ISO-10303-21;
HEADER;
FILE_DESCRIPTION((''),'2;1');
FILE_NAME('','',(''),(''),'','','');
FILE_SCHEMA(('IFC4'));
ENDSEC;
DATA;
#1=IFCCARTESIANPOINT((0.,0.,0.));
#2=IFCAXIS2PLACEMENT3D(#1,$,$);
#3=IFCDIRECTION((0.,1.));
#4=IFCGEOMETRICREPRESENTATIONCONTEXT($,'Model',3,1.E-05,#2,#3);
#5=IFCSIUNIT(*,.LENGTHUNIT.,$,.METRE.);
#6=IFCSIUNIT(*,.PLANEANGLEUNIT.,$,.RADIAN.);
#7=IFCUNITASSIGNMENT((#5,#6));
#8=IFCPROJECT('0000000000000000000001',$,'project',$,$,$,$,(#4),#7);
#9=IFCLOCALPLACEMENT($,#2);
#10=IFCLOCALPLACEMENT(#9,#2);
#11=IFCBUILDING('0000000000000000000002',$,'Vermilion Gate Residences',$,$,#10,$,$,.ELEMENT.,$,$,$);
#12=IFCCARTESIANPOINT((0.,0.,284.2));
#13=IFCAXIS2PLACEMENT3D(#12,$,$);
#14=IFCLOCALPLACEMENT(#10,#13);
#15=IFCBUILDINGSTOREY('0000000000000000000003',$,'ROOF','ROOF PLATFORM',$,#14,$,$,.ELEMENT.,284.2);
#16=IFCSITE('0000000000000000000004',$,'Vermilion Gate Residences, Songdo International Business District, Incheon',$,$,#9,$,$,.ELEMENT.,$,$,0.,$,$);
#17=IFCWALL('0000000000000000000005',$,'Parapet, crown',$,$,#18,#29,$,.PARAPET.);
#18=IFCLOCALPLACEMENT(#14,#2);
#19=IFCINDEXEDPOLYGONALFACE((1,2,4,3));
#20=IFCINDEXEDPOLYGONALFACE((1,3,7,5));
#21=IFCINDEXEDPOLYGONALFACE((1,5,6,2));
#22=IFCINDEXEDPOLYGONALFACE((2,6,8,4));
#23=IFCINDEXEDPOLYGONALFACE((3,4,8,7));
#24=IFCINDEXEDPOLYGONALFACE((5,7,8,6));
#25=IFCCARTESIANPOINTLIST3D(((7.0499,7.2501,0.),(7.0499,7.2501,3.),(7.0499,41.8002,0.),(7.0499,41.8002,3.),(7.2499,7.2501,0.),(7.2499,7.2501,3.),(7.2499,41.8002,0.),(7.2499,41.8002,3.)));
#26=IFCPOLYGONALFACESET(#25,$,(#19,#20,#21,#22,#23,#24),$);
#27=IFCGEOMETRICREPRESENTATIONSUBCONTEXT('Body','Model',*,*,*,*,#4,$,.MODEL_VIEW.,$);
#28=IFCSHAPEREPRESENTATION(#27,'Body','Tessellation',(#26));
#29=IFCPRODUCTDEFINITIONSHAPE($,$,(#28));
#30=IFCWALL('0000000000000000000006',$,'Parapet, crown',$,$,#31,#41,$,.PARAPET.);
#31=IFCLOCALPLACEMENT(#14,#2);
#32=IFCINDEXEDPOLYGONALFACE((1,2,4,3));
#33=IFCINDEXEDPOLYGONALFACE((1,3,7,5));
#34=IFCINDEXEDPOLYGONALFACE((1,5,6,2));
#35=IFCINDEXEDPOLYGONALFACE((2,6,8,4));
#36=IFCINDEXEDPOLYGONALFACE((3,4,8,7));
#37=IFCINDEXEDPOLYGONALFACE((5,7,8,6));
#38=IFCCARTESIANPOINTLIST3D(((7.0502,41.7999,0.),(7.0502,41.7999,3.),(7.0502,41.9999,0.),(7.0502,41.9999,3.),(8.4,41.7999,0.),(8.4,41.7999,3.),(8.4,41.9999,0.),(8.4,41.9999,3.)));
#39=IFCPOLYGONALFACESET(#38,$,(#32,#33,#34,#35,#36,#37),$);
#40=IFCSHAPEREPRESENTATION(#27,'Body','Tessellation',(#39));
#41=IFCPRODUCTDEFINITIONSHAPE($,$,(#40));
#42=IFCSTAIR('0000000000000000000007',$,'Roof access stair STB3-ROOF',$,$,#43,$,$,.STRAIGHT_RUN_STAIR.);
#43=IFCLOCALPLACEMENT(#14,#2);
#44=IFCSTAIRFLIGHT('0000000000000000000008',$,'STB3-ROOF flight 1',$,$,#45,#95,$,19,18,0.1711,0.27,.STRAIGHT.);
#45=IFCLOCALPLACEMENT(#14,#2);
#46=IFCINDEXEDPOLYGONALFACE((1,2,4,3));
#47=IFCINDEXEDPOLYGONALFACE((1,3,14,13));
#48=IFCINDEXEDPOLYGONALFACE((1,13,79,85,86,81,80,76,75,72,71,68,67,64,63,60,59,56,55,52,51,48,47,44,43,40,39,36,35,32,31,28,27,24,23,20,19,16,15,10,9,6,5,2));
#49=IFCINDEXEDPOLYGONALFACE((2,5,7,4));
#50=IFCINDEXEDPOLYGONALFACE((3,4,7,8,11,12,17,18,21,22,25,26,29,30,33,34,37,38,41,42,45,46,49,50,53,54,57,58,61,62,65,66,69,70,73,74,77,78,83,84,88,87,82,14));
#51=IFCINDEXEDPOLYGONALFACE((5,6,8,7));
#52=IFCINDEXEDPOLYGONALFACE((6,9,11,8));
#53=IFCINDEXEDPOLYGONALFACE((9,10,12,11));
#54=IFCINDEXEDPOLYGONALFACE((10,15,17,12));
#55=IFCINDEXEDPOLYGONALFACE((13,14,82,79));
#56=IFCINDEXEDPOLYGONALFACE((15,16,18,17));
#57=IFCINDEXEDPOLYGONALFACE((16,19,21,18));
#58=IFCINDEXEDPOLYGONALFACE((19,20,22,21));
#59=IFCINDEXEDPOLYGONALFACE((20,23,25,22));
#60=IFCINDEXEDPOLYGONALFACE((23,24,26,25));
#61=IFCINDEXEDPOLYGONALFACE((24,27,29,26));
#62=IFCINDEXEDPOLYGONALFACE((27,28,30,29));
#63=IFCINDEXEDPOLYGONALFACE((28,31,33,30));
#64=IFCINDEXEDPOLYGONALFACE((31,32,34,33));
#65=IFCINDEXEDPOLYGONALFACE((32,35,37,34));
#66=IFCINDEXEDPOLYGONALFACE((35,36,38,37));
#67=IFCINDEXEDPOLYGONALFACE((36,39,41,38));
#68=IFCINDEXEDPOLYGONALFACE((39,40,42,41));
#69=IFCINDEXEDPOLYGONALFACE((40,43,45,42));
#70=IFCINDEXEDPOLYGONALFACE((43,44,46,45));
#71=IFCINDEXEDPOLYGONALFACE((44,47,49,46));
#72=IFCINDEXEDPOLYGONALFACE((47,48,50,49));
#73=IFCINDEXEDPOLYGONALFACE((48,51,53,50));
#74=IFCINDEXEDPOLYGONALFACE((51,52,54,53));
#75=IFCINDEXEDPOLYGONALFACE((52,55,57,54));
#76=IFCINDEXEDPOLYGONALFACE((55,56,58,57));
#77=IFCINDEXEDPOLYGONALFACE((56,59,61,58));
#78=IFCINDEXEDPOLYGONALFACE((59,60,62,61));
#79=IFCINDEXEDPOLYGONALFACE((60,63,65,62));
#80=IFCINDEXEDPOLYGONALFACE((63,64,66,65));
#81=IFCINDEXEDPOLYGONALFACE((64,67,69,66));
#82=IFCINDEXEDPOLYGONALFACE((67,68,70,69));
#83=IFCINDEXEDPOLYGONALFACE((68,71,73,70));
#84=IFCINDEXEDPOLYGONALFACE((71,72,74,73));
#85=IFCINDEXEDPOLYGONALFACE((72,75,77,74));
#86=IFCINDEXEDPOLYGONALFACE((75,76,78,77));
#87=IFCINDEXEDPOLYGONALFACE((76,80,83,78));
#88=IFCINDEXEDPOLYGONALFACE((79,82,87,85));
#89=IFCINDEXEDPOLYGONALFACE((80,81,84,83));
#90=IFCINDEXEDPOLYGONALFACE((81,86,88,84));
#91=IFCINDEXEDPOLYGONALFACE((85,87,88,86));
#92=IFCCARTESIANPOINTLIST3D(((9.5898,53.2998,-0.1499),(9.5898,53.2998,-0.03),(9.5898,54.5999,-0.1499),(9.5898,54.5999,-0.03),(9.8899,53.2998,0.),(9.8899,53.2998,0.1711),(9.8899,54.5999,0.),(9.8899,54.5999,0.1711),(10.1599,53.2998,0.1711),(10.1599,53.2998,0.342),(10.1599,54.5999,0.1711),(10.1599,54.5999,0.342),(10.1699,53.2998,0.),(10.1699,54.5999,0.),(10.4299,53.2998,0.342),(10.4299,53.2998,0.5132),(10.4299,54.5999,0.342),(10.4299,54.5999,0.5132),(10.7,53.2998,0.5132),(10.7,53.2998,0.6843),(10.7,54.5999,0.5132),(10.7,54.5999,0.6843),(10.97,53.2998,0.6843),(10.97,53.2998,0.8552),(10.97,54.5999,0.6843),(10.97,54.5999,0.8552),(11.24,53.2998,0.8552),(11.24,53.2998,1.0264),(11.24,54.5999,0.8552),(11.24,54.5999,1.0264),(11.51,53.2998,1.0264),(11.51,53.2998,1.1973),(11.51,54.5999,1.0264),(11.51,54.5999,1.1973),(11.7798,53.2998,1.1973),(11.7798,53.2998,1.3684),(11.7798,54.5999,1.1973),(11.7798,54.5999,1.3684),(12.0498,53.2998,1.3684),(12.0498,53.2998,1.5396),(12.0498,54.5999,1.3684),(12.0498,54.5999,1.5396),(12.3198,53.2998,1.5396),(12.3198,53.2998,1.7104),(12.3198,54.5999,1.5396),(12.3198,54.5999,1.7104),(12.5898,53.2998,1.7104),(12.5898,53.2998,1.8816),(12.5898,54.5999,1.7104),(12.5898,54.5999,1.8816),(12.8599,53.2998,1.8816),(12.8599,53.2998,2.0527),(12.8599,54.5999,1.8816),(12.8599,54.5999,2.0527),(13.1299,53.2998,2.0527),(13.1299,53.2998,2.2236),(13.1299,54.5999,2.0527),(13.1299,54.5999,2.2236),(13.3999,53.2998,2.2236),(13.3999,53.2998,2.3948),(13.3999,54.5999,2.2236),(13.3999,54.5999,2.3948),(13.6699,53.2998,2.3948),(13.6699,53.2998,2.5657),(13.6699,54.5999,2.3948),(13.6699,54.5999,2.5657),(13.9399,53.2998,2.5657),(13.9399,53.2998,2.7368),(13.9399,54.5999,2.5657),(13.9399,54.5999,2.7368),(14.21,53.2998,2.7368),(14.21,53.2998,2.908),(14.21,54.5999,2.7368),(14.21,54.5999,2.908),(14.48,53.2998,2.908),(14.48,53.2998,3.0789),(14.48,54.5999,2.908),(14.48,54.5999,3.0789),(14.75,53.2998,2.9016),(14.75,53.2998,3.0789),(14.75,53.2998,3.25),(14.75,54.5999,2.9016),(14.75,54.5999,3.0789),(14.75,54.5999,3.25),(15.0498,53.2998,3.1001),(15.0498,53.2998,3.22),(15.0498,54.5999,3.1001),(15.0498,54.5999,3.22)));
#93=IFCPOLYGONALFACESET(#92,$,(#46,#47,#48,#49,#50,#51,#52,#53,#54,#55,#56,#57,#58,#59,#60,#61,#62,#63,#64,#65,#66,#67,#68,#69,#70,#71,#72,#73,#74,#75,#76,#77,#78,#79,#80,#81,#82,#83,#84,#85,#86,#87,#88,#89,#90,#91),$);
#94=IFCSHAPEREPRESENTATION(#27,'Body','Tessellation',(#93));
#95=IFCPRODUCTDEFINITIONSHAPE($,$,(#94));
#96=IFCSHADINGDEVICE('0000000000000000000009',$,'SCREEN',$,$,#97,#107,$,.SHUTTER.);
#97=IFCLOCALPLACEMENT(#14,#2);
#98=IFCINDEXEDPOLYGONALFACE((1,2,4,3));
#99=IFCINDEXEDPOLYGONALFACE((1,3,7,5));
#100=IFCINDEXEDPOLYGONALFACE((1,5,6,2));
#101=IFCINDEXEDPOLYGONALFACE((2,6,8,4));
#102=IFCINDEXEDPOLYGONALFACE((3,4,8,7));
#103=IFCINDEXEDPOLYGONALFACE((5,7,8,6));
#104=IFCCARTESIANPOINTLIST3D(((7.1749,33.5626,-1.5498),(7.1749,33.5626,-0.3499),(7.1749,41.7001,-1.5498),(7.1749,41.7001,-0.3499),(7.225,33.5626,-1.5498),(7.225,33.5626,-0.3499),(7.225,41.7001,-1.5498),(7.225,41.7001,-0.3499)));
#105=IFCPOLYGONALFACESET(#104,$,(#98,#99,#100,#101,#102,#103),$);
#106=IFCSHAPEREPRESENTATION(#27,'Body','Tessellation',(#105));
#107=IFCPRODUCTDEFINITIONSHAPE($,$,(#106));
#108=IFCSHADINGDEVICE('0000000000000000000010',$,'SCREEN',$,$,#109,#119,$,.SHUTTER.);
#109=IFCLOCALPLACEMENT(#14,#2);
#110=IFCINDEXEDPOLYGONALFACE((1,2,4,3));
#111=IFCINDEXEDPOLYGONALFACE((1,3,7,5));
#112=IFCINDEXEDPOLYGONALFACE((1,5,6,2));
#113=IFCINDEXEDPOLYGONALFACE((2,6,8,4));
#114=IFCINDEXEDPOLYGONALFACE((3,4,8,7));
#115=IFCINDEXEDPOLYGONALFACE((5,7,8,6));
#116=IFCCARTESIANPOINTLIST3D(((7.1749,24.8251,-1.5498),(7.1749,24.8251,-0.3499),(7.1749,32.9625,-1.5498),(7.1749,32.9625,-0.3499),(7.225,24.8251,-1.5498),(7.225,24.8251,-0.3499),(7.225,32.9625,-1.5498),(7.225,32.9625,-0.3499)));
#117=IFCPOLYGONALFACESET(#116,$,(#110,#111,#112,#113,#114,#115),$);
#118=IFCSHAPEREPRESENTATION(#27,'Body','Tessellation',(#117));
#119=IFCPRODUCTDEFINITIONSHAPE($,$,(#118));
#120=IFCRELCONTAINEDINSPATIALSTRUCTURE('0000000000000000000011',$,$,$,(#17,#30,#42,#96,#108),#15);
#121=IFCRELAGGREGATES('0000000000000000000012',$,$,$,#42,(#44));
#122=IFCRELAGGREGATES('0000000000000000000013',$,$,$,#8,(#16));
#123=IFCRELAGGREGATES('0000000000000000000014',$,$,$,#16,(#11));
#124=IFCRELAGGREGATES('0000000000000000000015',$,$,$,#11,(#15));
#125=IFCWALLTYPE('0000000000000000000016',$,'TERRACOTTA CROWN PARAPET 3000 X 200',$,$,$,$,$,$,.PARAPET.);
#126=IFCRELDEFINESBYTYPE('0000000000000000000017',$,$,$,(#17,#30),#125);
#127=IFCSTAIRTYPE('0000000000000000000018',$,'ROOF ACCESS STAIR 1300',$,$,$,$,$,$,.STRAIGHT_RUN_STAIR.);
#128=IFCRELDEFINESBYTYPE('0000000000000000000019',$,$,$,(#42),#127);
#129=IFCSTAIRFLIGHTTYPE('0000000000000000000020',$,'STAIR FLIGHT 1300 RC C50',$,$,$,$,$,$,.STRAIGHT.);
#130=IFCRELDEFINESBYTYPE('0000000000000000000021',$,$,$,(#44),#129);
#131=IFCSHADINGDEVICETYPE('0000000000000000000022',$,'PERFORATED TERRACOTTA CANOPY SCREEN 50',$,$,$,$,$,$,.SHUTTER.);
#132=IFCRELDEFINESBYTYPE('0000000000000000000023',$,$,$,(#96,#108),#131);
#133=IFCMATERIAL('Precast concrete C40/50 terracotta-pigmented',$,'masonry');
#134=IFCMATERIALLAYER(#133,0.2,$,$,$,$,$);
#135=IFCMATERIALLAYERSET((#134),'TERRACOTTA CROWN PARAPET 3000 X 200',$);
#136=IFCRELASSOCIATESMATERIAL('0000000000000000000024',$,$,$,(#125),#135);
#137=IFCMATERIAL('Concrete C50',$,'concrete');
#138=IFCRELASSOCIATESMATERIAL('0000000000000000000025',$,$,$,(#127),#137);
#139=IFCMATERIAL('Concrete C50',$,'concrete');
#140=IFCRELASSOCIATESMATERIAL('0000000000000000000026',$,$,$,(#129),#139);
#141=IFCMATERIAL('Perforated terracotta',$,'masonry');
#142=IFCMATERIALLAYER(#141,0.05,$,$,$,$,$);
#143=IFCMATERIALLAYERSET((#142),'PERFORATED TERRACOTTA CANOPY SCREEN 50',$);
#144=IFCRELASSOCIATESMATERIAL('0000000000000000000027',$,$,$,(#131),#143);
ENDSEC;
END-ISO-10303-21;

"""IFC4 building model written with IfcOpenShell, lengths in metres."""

from ifc_helpers import new_model, si_unit, direction, frame, frame_2d, origin, origin_2d, place, context, subcontext, project, spatial, polyline, rectangle, outline, extrude, material, layer, layer_set, type_object, element, aggregate, save


model = new_model("IFC4")

# Units and contexts
model_context = context("Model", 3, precision=1e-05, world=origin(), true_north=direction((0.0, 1.0)))
body_context = subcontext(model_context, "Body", "Model", "MODEL_VIEW")
ifc_project = project(units=[si_unit("LENGTHUNIT", "METRE"), si_unit("PLANEANGLEUNIT", "RADIAN")], contexts=[model_context])

# Site, building, storey
site_placement = place(None, origin())
site = spatial("IfcSite", under=ifc_project, at=site_placement, Name="Vermilion Gate Residences, Songdo International Business District, Incheon", CompositionType="ELEMENT", RefElevation=0.0)
building_placement = place(site_placement, origin())
building = spatial("IfcBuilding", under=site, at=building_placement, Name="Vermilion Gate Residences", CompositionType="ELEMENT")
storey_placement = place(building_placement, frame((0.0, 0.0, 284.2)))
storey = spatial("IfcBuildingStorey", under=building, at=storey_placement, Name="ROOF", Description="ROOF PLATFORM", CompositionType="ELEMENT", Elevation=284.2)

# Walls
ifc_material_1 = material(Name="Precast concrete C40/50 terracotta-pigmented", Category="masonry")
ifc_layer_1 = layer(ifc_material_1, 0.2)
ifc_layer_set_1 = layer_set([ifc_layer_1], Name="TERRACOTTA CROWN PARAPET 3000 X 200")
wall_type_1 = type_object("IfcWallType", Name="TERRACOTTA CROWN PARAPET 3000 X 200", PredefinedType="PARAPET", material=ifc_layer_set_1)
wall_1_placement = place(storey_placement, frame((7.1499, 41.8, 0.0), z_axis=(0.0, 0.0, 1.0), x_axis=(0.0, -1.0, 0.0)))
element("IfcWall", 1, at=wall_1_placement, inside=storey, type_object=wall_type_1, Name="Parapet, crown", PredefinedType="PARAPET", context=body_context, shape_type="SweptSolid", body=[
    extrude(rectangle(XDim=34.55, YDim=0.2, at=frame_2d((17.2749, 0.0))), origin(), (0.0, 0.0, 1.0), 3.0),
])
wall_2_placement = place(storey_placement, frame((8.3999, 41.8999, 0.0), z_axis=(0.0, 0.0, 1.0), x_axis=(-1.0, 0.0, 0.0)))
element("IfcWall", 2, at=wall_2_placement, inside=storey, type_object=wall_type_1, Name="Parapet, crown", PredefinedType="PARAPET", context=body_context, shape_type="SweptSolid", body=[
    extrude(rectangle(XDim=1.3499, YDim=0.2, at=frame_2d((0.6748, 0.0))), origin(), (0.0, 0.0, 1.0), 3.0),
])

# Stair, stair flight
ifc_material_2 = material(Name="Concrete C50", Category="concrete")
stair_type = type_object("IfcStairType", Name="ROOF ACCESS STAIR 1300", PredefinedType="STRAIGHT_RUN_STAIR", material=ifc_material_2)
stair_placement = place(storey_placement, origin())
stair = element("IfcStair", 3, at=stair_placement, inside=storey, type_object=stair_type, Name="Roof access stair STB3-ROOF", PredefinedType="STRAIGHT_RUN_STAIR")
ifc_material_3 = material(Name="Concrete C50", Category="concrete")
stair_flight_type = type_object("IfcStairFlightType", Name="STAIR FLIGHT 1300 RC C50", PredefinedType="STRAIGHT", material=ifc_material_3)
stair_flight_placement = place(storey_placement, frame((9.8899, 53.95, 0.0), z_axis=(0.0, 0.0, 1.0), x_axis=(1.0, 0.0, 0.0)))
stair_flight = element("IfcStairFlight", 4, at=stair_flight_placement, type_object=stair_flight_type, Name="STB3-ROOF flight 1", NumberOfRisers=19, NumberOfTreads=18, PredefinedType="STRAIGHT", RiserHeight=0.1711, TreadLength=0.27, context=body_context, shape_type="SweptSolid", body=[
    extrude(outline(polyline([(-0.3, -0.1499), (-0.3, -0.03), (0.0, 0.0), (0.0, 0.1711), (0.27, 0.1711), (0.27, 0.342), (0.54, 0.342), (0.54, 0.5132), (0.8101, 0.5132), (0.8101, 0.6843), (1.0801, 0.6843), (1.0801, 0.8552), (1.3501, 0.8552), (1.3501, 1.0264), (1.6201, 1.0264), (1.6201, 1.1973), (1.8899, 1.1973), (1.8899, 1.3684), (2.1599, 1.3684), (2.1599, 1.5396), (2.4299, 1.5396), (2.4299, 1.7104), (2.7, 1.7104), (2.7, 1.8816), (2.97, 1.8816), (2.97, 2.0527), (3.24, 2.0527), (3.24, 2.2236), (3.51, 2.2236), (3.51, 2.3948), (3.78, 2.3948), (3.78, 2.5657), (4.05, 2.5657), (4.05, 2.7368), (4.3201, 2.7368), (4.3201, 2.908), (4.5901, 2.908), (4.5901, 3.0789), (4.8601, 3.0789), (4.8601, 3.25), (5.1599, 3.22), (5.1599, 3.1001), (4.8601, 2.9016), (0.28, 0.0), (-0.3, -0.1499)])), frame((0.0, 0.6499, 0.0), z_axis=(0.0, -1.0, 0.0), x_axis=(1.0, 0.0, 0.0)), (0.0, 0.0, 1.0), 1.3),
])
aggregate(stair, [stair_flight])

# Shading devices
ifc_material_4 = material(Name="Perforated terracotta", Category="masonry")
ifc_layer_2 = layer(ifc_material_4, 0.05)
ifc_layer_set_2 = layer_set([ifc_layer_2], Name="PERFORATED TERRACOTTA CANOPY SCREEN 50")
shading_device_type_1 = type_object("IfcShadingDeviceType", Name="PERFORATED TERRACOTTA CANOPY SCREEN 50", PredefinedType="SHUTTER", material=ifc_layer_set_2)
for number, where, z_axis, x_axis, name in (
    (5, (7.2, 37.6313, -1.5498), (0.0, 0.0, 1.0), (0.0, -1.0, 0.0), "SCREEN"),
    (6, (7.2, 28.8938, -1.5498), (0.0, 0.0, 1.0), (0.0, -1.0, 0.0), "SCREEN"),
):
    element("IfcShadingDevice", number, at=place(storey_placement, frame(where, z_axis=z_axis, x_axis=x_axis)), inside=storey, type_object=shading_device_type_1, Name=name, PredefinedType="SHUTTER", context=body_context, shape_type="SweptSolid", body=[
        extrude(rectangle(XDim=8.1375, YDim=0.05, at=origin_2d()), origin(), (0.0, 0.0, 1.0), 1.2),
    ])

save(model, "model.ifc")
